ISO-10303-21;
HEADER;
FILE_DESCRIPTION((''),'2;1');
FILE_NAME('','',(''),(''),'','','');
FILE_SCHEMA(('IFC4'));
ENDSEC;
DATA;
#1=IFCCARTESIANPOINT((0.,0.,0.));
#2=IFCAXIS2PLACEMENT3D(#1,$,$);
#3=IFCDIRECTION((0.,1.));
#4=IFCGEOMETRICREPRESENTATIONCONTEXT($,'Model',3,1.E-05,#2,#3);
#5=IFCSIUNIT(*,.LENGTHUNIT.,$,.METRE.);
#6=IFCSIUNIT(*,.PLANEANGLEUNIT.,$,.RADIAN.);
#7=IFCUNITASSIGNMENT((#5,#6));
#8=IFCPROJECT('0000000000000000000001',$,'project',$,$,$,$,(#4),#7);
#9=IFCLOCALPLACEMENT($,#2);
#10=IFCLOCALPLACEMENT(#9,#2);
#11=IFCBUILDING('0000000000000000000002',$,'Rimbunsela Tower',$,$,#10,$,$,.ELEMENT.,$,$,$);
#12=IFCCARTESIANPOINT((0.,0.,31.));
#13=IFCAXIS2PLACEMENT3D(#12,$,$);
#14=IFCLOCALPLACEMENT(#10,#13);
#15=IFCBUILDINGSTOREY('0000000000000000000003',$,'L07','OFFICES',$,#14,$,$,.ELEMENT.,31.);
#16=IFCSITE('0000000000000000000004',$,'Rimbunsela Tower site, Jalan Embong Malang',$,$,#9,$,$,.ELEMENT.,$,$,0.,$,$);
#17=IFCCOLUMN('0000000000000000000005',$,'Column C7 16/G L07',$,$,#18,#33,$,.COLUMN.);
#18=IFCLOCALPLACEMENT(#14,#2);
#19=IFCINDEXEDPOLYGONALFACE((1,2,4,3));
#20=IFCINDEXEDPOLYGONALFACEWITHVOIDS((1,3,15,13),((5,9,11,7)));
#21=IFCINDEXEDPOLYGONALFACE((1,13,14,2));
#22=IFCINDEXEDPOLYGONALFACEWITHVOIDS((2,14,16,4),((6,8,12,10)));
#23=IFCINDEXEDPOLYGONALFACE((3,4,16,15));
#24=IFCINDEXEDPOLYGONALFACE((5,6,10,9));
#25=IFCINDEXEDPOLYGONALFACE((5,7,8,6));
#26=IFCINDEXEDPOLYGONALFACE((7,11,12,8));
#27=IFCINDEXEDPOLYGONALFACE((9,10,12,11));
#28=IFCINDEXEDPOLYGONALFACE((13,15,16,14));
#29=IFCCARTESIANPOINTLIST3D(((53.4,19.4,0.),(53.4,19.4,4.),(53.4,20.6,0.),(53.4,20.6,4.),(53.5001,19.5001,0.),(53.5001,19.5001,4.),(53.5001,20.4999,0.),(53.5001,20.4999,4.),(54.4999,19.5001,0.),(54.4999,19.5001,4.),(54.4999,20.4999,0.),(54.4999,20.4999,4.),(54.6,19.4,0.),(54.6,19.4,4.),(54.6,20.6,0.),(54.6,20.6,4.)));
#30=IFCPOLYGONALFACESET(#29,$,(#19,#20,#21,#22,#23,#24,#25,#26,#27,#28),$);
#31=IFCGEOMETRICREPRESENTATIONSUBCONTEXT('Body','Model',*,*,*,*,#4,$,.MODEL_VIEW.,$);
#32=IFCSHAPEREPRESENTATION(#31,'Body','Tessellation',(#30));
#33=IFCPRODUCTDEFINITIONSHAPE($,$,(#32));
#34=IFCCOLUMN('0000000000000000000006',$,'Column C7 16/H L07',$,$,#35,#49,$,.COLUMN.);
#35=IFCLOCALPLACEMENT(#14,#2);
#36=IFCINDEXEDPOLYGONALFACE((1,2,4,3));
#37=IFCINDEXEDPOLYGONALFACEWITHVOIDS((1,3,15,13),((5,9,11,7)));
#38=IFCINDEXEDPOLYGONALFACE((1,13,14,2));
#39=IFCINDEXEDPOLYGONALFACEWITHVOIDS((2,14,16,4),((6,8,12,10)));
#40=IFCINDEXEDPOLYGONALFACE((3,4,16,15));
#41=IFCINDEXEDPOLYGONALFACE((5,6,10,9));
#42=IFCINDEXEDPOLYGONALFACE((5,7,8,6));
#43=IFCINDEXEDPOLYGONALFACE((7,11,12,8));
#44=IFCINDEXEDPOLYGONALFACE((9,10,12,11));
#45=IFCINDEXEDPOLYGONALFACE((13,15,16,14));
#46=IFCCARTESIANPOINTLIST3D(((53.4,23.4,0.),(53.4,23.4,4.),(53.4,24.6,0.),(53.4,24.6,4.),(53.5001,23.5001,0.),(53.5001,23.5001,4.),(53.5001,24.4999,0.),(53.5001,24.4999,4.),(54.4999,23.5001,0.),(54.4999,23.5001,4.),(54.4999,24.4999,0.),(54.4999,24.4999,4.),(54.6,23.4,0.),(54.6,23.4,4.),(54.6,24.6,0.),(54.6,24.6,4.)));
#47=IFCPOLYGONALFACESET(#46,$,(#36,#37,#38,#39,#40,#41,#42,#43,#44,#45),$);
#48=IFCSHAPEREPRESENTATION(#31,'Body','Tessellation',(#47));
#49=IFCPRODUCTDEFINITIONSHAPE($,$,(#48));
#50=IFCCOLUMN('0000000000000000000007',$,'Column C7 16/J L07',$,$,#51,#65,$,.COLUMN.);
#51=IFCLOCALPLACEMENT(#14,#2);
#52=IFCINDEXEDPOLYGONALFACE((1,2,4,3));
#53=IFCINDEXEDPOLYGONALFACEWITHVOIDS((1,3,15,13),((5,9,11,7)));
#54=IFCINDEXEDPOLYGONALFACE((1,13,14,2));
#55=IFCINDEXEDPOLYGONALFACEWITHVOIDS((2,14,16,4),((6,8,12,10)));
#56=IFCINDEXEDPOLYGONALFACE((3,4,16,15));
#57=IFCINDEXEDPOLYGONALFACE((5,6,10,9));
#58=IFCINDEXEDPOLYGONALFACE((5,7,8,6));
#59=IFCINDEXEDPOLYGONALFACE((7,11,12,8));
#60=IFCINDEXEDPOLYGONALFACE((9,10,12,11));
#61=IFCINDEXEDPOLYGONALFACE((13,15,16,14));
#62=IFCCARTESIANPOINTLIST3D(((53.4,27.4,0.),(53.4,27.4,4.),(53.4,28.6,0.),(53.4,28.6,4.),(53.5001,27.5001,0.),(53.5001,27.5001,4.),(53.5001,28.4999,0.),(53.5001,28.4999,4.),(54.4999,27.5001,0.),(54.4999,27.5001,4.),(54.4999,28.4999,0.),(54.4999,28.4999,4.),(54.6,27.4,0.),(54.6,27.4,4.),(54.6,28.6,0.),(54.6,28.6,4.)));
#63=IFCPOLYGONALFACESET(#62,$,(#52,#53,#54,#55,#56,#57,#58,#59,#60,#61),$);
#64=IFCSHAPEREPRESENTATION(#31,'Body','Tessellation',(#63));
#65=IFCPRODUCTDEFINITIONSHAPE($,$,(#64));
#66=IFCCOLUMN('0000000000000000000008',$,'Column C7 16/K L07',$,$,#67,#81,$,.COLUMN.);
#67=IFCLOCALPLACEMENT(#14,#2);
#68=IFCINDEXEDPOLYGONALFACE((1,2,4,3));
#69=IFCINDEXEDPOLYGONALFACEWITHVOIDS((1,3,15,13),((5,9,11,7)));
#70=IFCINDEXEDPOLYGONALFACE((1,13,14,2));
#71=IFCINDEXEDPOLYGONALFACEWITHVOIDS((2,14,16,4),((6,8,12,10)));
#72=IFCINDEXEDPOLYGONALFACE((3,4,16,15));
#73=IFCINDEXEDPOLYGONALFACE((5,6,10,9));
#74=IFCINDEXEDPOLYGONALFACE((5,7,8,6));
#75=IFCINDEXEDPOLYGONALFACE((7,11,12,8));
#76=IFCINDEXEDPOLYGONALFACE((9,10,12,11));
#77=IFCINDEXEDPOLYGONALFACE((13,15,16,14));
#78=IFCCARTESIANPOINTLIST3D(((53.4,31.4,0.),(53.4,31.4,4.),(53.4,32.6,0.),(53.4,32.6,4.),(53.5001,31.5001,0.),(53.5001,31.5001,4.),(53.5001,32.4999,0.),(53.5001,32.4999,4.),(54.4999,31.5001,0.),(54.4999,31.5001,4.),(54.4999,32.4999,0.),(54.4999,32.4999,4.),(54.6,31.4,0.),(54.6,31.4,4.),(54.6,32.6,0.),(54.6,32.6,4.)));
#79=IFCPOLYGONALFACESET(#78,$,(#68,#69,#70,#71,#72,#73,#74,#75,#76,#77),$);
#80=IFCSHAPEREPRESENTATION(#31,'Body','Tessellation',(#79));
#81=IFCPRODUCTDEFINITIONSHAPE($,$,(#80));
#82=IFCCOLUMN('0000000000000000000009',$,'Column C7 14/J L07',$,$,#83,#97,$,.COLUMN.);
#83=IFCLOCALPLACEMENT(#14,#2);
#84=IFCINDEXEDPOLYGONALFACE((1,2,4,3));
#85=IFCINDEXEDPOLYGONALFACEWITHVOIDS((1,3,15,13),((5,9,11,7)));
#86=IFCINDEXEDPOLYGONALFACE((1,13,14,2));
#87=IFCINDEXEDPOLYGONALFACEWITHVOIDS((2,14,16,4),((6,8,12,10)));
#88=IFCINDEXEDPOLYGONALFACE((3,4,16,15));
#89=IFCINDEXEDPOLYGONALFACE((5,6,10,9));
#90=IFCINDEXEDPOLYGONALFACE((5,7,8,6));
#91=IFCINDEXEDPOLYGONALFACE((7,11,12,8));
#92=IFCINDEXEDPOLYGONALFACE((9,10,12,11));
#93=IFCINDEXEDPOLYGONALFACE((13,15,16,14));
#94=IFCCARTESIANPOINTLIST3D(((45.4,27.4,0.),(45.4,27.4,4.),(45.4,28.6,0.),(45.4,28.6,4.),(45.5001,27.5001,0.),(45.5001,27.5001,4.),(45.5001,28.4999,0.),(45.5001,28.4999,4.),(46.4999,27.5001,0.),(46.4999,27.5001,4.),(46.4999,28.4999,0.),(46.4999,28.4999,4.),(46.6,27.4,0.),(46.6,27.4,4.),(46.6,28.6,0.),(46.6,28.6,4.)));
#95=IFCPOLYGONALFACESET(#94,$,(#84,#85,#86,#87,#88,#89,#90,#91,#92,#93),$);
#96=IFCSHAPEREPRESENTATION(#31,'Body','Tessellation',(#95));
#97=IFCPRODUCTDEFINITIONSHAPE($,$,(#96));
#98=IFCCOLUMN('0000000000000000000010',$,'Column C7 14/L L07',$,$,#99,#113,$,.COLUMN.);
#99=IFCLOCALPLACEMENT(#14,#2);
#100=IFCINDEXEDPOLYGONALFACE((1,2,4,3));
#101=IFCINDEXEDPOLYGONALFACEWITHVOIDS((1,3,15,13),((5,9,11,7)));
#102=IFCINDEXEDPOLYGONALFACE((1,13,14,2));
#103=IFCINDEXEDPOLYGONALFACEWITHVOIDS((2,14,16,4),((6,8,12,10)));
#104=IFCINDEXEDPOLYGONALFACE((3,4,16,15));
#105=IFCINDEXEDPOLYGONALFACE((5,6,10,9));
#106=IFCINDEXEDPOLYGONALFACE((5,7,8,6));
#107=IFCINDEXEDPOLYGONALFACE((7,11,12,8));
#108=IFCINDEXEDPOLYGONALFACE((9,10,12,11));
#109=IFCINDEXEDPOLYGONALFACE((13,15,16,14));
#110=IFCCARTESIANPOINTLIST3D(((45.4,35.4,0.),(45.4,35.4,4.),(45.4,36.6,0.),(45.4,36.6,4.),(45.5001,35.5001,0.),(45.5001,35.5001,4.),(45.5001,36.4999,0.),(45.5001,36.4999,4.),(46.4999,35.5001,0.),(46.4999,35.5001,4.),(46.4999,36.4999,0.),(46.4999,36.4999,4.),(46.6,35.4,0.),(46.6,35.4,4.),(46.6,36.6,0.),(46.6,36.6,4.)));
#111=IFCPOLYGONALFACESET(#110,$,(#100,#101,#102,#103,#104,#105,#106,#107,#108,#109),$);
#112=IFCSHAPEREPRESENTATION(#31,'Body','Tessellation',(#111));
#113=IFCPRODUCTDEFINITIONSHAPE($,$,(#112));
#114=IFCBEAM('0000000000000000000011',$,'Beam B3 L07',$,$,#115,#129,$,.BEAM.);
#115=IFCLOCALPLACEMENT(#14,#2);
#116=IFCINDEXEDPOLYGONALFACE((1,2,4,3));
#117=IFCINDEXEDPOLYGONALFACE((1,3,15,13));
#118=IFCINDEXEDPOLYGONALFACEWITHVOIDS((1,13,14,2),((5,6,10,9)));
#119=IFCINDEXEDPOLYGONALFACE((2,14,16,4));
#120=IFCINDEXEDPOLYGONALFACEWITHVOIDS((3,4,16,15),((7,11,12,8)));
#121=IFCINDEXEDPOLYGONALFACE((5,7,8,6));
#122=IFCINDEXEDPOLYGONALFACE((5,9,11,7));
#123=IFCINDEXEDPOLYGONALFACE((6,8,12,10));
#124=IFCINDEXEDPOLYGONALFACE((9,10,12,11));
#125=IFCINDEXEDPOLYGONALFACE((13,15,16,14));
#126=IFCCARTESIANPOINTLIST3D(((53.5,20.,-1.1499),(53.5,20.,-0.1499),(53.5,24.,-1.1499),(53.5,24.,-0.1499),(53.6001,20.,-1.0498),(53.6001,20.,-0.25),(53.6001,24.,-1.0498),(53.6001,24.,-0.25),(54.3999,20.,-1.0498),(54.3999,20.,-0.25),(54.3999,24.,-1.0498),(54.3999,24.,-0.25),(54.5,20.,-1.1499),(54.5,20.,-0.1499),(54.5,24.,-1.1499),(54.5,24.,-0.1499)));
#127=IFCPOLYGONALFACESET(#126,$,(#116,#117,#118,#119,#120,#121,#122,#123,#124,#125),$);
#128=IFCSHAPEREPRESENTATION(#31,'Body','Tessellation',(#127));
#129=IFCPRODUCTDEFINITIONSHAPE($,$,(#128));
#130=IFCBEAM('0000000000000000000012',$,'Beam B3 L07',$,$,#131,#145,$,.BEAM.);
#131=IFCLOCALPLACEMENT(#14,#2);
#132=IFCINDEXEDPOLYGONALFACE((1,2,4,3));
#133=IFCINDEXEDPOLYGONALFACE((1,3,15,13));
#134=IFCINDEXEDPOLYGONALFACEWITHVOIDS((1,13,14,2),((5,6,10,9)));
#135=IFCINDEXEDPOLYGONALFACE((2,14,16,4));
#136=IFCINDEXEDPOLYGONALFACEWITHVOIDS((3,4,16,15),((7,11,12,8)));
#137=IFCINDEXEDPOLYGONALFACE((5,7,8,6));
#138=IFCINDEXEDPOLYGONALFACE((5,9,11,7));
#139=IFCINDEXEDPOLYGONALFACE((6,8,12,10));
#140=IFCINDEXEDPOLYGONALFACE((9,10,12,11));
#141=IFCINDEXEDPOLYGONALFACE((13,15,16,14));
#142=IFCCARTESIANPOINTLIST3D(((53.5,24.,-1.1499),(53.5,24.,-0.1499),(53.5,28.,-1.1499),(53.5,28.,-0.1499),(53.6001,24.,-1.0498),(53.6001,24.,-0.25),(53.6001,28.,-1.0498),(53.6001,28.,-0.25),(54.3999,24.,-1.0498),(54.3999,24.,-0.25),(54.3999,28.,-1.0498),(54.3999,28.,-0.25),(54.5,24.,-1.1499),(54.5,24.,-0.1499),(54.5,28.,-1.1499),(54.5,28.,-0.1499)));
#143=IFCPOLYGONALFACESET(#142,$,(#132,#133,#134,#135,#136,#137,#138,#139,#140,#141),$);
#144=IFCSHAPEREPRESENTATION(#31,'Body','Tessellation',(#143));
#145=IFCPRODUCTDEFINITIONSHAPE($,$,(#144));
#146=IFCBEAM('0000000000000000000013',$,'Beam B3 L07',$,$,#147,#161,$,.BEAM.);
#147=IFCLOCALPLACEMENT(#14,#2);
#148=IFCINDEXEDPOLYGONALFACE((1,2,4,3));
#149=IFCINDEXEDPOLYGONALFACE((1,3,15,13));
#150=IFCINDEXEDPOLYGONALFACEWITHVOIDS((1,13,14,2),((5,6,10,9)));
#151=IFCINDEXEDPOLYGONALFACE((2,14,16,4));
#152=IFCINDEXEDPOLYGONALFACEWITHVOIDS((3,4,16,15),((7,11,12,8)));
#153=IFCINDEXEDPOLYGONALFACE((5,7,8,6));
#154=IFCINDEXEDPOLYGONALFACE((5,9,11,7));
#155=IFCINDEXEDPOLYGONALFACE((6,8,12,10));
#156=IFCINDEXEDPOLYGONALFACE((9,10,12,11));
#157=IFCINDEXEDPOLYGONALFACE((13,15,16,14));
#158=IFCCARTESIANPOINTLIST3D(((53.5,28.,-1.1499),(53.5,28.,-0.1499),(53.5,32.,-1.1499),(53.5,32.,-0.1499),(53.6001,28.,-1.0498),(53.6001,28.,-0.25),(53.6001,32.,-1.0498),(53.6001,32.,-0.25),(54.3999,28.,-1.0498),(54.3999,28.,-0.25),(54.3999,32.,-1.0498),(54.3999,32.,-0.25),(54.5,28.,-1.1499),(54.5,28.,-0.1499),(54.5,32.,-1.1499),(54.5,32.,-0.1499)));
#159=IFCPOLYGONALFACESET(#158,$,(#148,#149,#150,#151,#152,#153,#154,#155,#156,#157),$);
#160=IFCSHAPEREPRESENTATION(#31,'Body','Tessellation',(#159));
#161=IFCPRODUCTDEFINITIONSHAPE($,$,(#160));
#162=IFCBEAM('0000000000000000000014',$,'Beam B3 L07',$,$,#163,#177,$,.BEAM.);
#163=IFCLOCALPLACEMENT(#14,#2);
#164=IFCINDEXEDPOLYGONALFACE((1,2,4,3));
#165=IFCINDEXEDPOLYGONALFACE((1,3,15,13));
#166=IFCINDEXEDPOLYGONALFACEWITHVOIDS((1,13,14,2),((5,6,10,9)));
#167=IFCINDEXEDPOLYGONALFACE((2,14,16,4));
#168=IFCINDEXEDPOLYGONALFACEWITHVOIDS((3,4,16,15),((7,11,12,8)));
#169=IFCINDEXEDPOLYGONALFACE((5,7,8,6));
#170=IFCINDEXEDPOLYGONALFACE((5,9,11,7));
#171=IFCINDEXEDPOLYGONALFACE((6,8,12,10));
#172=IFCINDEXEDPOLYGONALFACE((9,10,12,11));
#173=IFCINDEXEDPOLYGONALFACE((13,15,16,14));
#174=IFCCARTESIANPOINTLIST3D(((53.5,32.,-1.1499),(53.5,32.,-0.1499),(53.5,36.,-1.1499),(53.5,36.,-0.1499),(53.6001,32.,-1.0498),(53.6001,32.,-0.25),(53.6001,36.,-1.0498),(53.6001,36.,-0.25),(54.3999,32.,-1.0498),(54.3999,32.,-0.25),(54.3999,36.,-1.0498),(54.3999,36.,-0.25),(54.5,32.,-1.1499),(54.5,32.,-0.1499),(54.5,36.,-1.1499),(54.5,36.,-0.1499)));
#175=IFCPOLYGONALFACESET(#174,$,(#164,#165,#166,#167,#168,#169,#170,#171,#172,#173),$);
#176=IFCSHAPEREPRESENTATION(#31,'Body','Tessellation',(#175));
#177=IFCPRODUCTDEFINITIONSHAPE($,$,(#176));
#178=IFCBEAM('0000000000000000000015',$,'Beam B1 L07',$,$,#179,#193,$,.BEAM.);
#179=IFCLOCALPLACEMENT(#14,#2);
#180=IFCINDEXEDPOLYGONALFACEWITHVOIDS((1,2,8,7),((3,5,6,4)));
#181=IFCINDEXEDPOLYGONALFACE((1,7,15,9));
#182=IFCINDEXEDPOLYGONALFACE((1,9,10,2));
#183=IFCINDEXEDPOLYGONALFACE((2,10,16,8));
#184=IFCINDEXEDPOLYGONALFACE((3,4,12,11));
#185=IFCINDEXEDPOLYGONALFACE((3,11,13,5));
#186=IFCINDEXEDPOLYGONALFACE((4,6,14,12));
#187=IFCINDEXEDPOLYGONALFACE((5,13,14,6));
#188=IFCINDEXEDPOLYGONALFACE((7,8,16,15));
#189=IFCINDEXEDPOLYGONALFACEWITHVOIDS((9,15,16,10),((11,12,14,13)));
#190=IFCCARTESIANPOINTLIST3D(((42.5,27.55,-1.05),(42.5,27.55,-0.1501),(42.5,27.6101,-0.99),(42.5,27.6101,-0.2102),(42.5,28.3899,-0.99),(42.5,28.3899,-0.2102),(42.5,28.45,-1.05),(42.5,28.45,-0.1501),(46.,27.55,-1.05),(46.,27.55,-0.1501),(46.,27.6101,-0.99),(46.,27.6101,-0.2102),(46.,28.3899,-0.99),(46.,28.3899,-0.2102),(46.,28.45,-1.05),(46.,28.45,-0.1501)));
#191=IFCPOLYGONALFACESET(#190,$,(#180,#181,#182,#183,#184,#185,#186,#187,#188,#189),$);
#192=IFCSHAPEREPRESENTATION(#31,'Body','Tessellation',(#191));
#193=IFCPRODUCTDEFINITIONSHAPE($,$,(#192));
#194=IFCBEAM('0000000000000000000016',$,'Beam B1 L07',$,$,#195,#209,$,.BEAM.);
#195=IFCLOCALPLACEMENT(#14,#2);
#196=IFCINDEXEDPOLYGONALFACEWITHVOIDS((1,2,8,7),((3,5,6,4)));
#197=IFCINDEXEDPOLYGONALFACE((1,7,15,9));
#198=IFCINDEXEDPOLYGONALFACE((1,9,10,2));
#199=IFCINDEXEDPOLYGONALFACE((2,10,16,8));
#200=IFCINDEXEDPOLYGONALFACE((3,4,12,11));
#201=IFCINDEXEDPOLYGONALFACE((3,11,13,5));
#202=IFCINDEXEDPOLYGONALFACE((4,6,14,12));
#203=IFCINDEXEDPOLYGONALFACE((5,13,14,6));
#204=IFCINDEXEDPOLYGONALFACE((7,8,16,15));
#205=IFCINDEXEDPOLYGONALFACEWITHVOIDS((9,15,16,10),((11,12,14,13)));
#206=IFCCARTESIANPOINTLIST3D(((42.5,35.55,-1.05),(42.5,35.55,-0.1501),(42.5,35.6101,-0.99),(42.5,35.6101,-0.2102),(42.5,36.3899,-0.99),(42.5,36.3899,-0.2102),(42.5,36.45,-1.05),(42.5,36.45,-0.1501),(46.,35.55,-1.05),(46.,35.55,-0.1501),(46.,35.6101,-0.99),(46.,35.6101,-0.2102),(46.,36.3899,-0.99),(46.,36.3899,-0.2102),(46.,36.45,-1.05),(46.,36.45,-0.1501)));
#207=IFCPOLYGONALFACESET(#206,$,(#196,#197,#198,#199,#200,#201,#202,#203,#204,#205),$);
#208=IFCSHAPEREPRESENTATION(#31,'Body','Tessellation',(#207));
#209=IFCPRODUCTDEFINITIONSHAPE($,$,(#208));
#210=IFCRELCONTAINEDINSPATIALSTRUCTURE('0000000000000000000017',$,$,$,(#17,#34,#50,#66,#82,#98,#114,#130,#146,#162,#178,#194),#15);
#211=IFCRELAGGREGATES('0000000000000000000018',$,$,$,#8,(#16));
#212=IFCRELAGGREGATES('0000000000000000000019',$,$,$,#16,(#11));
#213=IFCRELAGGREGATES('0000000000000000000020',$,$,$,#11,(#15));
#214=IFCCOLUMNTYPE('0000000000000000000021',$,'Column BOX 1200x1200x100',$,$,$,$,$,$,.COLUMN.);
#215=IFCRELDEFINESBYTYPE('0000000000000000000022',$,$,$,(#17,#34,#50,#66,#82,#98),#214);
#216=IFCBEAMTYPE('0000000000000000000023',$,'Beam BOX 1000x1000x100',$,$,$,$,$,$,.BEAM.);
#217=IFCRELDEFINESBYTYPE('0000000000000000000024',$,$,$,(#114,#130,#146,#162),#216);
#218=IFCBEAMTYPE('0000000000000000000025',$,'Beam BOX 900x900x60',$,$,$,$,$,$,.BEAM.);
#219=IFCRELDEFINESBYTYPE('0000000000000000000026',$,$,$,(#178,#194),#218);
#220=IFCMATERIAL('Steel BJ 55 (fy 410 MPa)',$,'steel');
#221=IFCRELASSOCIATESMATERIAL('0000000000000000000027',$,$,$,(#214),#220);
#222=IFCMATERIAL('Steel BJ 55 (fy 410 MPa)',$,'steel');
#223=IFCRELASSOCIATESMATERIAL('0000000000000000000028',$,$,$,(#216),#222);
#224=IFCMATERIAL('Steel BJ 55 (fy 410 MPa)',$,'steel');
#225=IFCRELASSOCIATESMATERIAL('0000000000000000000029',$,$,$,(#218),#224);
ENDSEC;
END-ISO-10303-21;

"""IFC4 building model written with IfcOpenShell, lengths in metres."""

from ifc_helpers import new_model, si_unit, direction, frame, origin, origin_2d, place, context, subcontext, project, spatial, hollow_rectangle, extrude, material, material_profile, profile_set, type_object, element, save


model = new_model("IFC4")

# Units and contexts
model_context = context("Model", 3, precision=1e-05, world=origin(), true_north=direction((0.0, 1.0)))
body_context = subcontext(model_context, "Body", "Model", "MODEL_VIEW")
ifc_project = project(units=[si_unit("LENGTHUNIT", "METRE"), si_unit("PLANEANGLEUNIT", "RADIAN")], contexts=[model_context])

# Site, building, storey
site_placement = place(None, origin())
site = spatial("IfcSite", under=ifc_project, at=site_placement, Name="Rimbunsela Tower site, Jalan Embong Malang", CompositionType="ELEMENT", RefElevation=0.0)
building_placement = place(site_placement, origin())
building = spatial("IfcBuilding", under=site, at=building_placement, Name="Rimbunsela Tower", CompositionType="ELEMENT")
storey_placement = place(building_placement, frame((0.0, 0.0, 31.0)))
storey = spatial("IfcBuildingStorey", under=building, at=storey_placement, Name="L07", Description="OFFICES", CompositionType="ELEMENT", Elevation=31.0)

# Columns
ifc_material_1 = material(Name="Steel BJ 55 (fy 410 MPa)", Category="steel")
ifc_material_profile_1 = material_profile(ifc_material_1, hollow_rectangle(XDim=1.2, YDim=1.2, WallThickness=0.1001, at=origin_2d()), Name="BOX 1200x1200x100")
ifc_profile_set_1 = profile_set([ifc_material_profile_1], Name="Steel BJ 55 (fy 410 MPa)")
column_type = type_object("IfcColumnType", Name="Column BOX 1200x1200x100", PredefinedType="COLUMN", material=ifc_profile_set_1)
for number, where, z_axis, x_axis, name in (
    (1, (54.0, 20.0, 0.0), (0.0, 0.0, 1.0), (1.0, 0.0, 0.0), "Column C7 16/G L07"),
    (2, (54.0, 24.0, 0.0), (0.0, 0.0, 1.0), (1.0, 0.0, 0.0), "Column C7 16/H L07"),
    (3, (54.0, 28.0, 0.0), (0.0, 0.0, 1.0), (1.0, 0.0, 0.0), "Column C7 16/J L07"),
    (4, (54.0, 32.0, 0.0), (0.0, 0.0, 1.0), (1.0, 0.0, 0.0), "Column C7 16/K L07"),
    (5, (46.0, 28.0, 0.0), (0.0, 0.0, 1.0), (1.0, 0.0, 0.0), "Column C7 14/J L07"),
    (6, (46.0, 36.0, 0.0), (0.0, 0.0, 1.0), (1.0, 0.0, 0.0), "Column C7 14/L L07"),
):
    element("IfcColumn", number, at=place(storey_placement, frame(where, z_axis=z_axis, x_axis=x_axis)), inside=storey, type_object=column_type, Name=name, PredefinedType="COLUMN", context=body_context, shape_type="SweptSolid", body=[
        extrude(hollow_rectangle(XDim=1.2, YDim=1.2, WallThickness=0.1001, at=origin_2d()), origin(), (0.0, 0.0, 1.0), 4.0),
    ])

# Beams
ifc_material_2 = material(Name="Steel BJ 55 (fy 410 MPa)", Category="steel")
ifc_material_profile_2 = material_profile(ifc_material_2, hollow_rectangle(XDim=1.0, YDim=1.0, WallThickness=0.1001, at=origin_2d()), Name="BOX 1000x1000x100")
ifc_profile_set_2 = profile_set([ifc_material_profile_2], Name="Steel BJ 55 (fy 410 MPa)")
beam_type_1 = type_object("IfcBeamType", Name="Beam BOX 1000x1000x100", PredefinedType="BEAM", material=ifc_profile_set_2)
for number, where, z_axis, x_axis, name in (
    (7, (54.0, 20.0, -0.6499), (0.0, 1.0, 0.0), (-1.0, 0.0, 0.0), "Beam B3 L07"),
    (8, (54.0, 24.0, -0.6499), (0.0, 1.0, 0.0), (-1.0, 0.0, 0.0), "Beam B3 L07"),
    (9, (54.0, 28.0, -0.6499), (0.0, 1.0, 0.0), (-1.0, 0.0, 0.0), "Beam B3 L07"),
    (10, (54.0, 32.0, -0.6499), (0.0, 1.0, 0.0), (-1.0, 0.0, 0.0), "Beam B3 L07"),
):
    element("IfcBeam", number, at=place(storey_placement, frame(where, z_axis=z_axis, x_axis=x_axis)), inside=storey, type_object=beam_type_1, Name=name, PredefinedType="BEAM", context=body_context, shape_type="SweptSolid", body=[
        extrude(hollow_rectangle(XDim=1.0, YDim=1.0, WallThickness=0.1001, at=origin_2d()), origin(), (0.0, 0.0, 1.0), 4.0),
    ])
ifc_material_3 = material(Name="Steel BJ 55 (fy 410 MPa)", Category="steel")
ifc_material_profile_3 = material_profile(ifc_material_3, hollow_rectangle(XDim=0.8999, YDim=0.8999, WallThickness=0.0601, at=origin_2d()), Name="BOX 900x900x60")
ifc_profile_set_3 = profile_set([ifc_material_profile_3], Name="Steel BJ 55 (fy 410 MPa)")
beam_type_2 = type_object("IfcBeamType", Name="Beam BOX 900x900x60", PredefinedType="BEAM", material=ifc_profile_set_3)
for number, where, z_axis, x_axis, name in (
    (11, (42.5, 28.0, -0.6001), (1.0, 0.0, 0.0), (0.0, 1.0, 0.0), "Beam B1 L07"),
    (12, (42.5, 36.0, -0.6001), (1.0, 0.0, 0.0), (0.0, 1.0, 0.0), "Beam B1 L07"),
):
    element("IfcBeam", number, at=place(storey_placement, frame(where, z_axis=z_axis, x_axis=x_axis)), inside=storey, type_object=beam_type_2, Name=name, PredefinedType="BEAM", context=body_context, shape_type="SweptSolid", body=[
        extrude(hollow_rectangle(XDim=0.8999, YDim=0.8999, WallThickness=0.0601, at=origin_2d()), origin(), (0.0, 0.0, 1.0), 3.5),
    ])

save(model, "model.ifc")
